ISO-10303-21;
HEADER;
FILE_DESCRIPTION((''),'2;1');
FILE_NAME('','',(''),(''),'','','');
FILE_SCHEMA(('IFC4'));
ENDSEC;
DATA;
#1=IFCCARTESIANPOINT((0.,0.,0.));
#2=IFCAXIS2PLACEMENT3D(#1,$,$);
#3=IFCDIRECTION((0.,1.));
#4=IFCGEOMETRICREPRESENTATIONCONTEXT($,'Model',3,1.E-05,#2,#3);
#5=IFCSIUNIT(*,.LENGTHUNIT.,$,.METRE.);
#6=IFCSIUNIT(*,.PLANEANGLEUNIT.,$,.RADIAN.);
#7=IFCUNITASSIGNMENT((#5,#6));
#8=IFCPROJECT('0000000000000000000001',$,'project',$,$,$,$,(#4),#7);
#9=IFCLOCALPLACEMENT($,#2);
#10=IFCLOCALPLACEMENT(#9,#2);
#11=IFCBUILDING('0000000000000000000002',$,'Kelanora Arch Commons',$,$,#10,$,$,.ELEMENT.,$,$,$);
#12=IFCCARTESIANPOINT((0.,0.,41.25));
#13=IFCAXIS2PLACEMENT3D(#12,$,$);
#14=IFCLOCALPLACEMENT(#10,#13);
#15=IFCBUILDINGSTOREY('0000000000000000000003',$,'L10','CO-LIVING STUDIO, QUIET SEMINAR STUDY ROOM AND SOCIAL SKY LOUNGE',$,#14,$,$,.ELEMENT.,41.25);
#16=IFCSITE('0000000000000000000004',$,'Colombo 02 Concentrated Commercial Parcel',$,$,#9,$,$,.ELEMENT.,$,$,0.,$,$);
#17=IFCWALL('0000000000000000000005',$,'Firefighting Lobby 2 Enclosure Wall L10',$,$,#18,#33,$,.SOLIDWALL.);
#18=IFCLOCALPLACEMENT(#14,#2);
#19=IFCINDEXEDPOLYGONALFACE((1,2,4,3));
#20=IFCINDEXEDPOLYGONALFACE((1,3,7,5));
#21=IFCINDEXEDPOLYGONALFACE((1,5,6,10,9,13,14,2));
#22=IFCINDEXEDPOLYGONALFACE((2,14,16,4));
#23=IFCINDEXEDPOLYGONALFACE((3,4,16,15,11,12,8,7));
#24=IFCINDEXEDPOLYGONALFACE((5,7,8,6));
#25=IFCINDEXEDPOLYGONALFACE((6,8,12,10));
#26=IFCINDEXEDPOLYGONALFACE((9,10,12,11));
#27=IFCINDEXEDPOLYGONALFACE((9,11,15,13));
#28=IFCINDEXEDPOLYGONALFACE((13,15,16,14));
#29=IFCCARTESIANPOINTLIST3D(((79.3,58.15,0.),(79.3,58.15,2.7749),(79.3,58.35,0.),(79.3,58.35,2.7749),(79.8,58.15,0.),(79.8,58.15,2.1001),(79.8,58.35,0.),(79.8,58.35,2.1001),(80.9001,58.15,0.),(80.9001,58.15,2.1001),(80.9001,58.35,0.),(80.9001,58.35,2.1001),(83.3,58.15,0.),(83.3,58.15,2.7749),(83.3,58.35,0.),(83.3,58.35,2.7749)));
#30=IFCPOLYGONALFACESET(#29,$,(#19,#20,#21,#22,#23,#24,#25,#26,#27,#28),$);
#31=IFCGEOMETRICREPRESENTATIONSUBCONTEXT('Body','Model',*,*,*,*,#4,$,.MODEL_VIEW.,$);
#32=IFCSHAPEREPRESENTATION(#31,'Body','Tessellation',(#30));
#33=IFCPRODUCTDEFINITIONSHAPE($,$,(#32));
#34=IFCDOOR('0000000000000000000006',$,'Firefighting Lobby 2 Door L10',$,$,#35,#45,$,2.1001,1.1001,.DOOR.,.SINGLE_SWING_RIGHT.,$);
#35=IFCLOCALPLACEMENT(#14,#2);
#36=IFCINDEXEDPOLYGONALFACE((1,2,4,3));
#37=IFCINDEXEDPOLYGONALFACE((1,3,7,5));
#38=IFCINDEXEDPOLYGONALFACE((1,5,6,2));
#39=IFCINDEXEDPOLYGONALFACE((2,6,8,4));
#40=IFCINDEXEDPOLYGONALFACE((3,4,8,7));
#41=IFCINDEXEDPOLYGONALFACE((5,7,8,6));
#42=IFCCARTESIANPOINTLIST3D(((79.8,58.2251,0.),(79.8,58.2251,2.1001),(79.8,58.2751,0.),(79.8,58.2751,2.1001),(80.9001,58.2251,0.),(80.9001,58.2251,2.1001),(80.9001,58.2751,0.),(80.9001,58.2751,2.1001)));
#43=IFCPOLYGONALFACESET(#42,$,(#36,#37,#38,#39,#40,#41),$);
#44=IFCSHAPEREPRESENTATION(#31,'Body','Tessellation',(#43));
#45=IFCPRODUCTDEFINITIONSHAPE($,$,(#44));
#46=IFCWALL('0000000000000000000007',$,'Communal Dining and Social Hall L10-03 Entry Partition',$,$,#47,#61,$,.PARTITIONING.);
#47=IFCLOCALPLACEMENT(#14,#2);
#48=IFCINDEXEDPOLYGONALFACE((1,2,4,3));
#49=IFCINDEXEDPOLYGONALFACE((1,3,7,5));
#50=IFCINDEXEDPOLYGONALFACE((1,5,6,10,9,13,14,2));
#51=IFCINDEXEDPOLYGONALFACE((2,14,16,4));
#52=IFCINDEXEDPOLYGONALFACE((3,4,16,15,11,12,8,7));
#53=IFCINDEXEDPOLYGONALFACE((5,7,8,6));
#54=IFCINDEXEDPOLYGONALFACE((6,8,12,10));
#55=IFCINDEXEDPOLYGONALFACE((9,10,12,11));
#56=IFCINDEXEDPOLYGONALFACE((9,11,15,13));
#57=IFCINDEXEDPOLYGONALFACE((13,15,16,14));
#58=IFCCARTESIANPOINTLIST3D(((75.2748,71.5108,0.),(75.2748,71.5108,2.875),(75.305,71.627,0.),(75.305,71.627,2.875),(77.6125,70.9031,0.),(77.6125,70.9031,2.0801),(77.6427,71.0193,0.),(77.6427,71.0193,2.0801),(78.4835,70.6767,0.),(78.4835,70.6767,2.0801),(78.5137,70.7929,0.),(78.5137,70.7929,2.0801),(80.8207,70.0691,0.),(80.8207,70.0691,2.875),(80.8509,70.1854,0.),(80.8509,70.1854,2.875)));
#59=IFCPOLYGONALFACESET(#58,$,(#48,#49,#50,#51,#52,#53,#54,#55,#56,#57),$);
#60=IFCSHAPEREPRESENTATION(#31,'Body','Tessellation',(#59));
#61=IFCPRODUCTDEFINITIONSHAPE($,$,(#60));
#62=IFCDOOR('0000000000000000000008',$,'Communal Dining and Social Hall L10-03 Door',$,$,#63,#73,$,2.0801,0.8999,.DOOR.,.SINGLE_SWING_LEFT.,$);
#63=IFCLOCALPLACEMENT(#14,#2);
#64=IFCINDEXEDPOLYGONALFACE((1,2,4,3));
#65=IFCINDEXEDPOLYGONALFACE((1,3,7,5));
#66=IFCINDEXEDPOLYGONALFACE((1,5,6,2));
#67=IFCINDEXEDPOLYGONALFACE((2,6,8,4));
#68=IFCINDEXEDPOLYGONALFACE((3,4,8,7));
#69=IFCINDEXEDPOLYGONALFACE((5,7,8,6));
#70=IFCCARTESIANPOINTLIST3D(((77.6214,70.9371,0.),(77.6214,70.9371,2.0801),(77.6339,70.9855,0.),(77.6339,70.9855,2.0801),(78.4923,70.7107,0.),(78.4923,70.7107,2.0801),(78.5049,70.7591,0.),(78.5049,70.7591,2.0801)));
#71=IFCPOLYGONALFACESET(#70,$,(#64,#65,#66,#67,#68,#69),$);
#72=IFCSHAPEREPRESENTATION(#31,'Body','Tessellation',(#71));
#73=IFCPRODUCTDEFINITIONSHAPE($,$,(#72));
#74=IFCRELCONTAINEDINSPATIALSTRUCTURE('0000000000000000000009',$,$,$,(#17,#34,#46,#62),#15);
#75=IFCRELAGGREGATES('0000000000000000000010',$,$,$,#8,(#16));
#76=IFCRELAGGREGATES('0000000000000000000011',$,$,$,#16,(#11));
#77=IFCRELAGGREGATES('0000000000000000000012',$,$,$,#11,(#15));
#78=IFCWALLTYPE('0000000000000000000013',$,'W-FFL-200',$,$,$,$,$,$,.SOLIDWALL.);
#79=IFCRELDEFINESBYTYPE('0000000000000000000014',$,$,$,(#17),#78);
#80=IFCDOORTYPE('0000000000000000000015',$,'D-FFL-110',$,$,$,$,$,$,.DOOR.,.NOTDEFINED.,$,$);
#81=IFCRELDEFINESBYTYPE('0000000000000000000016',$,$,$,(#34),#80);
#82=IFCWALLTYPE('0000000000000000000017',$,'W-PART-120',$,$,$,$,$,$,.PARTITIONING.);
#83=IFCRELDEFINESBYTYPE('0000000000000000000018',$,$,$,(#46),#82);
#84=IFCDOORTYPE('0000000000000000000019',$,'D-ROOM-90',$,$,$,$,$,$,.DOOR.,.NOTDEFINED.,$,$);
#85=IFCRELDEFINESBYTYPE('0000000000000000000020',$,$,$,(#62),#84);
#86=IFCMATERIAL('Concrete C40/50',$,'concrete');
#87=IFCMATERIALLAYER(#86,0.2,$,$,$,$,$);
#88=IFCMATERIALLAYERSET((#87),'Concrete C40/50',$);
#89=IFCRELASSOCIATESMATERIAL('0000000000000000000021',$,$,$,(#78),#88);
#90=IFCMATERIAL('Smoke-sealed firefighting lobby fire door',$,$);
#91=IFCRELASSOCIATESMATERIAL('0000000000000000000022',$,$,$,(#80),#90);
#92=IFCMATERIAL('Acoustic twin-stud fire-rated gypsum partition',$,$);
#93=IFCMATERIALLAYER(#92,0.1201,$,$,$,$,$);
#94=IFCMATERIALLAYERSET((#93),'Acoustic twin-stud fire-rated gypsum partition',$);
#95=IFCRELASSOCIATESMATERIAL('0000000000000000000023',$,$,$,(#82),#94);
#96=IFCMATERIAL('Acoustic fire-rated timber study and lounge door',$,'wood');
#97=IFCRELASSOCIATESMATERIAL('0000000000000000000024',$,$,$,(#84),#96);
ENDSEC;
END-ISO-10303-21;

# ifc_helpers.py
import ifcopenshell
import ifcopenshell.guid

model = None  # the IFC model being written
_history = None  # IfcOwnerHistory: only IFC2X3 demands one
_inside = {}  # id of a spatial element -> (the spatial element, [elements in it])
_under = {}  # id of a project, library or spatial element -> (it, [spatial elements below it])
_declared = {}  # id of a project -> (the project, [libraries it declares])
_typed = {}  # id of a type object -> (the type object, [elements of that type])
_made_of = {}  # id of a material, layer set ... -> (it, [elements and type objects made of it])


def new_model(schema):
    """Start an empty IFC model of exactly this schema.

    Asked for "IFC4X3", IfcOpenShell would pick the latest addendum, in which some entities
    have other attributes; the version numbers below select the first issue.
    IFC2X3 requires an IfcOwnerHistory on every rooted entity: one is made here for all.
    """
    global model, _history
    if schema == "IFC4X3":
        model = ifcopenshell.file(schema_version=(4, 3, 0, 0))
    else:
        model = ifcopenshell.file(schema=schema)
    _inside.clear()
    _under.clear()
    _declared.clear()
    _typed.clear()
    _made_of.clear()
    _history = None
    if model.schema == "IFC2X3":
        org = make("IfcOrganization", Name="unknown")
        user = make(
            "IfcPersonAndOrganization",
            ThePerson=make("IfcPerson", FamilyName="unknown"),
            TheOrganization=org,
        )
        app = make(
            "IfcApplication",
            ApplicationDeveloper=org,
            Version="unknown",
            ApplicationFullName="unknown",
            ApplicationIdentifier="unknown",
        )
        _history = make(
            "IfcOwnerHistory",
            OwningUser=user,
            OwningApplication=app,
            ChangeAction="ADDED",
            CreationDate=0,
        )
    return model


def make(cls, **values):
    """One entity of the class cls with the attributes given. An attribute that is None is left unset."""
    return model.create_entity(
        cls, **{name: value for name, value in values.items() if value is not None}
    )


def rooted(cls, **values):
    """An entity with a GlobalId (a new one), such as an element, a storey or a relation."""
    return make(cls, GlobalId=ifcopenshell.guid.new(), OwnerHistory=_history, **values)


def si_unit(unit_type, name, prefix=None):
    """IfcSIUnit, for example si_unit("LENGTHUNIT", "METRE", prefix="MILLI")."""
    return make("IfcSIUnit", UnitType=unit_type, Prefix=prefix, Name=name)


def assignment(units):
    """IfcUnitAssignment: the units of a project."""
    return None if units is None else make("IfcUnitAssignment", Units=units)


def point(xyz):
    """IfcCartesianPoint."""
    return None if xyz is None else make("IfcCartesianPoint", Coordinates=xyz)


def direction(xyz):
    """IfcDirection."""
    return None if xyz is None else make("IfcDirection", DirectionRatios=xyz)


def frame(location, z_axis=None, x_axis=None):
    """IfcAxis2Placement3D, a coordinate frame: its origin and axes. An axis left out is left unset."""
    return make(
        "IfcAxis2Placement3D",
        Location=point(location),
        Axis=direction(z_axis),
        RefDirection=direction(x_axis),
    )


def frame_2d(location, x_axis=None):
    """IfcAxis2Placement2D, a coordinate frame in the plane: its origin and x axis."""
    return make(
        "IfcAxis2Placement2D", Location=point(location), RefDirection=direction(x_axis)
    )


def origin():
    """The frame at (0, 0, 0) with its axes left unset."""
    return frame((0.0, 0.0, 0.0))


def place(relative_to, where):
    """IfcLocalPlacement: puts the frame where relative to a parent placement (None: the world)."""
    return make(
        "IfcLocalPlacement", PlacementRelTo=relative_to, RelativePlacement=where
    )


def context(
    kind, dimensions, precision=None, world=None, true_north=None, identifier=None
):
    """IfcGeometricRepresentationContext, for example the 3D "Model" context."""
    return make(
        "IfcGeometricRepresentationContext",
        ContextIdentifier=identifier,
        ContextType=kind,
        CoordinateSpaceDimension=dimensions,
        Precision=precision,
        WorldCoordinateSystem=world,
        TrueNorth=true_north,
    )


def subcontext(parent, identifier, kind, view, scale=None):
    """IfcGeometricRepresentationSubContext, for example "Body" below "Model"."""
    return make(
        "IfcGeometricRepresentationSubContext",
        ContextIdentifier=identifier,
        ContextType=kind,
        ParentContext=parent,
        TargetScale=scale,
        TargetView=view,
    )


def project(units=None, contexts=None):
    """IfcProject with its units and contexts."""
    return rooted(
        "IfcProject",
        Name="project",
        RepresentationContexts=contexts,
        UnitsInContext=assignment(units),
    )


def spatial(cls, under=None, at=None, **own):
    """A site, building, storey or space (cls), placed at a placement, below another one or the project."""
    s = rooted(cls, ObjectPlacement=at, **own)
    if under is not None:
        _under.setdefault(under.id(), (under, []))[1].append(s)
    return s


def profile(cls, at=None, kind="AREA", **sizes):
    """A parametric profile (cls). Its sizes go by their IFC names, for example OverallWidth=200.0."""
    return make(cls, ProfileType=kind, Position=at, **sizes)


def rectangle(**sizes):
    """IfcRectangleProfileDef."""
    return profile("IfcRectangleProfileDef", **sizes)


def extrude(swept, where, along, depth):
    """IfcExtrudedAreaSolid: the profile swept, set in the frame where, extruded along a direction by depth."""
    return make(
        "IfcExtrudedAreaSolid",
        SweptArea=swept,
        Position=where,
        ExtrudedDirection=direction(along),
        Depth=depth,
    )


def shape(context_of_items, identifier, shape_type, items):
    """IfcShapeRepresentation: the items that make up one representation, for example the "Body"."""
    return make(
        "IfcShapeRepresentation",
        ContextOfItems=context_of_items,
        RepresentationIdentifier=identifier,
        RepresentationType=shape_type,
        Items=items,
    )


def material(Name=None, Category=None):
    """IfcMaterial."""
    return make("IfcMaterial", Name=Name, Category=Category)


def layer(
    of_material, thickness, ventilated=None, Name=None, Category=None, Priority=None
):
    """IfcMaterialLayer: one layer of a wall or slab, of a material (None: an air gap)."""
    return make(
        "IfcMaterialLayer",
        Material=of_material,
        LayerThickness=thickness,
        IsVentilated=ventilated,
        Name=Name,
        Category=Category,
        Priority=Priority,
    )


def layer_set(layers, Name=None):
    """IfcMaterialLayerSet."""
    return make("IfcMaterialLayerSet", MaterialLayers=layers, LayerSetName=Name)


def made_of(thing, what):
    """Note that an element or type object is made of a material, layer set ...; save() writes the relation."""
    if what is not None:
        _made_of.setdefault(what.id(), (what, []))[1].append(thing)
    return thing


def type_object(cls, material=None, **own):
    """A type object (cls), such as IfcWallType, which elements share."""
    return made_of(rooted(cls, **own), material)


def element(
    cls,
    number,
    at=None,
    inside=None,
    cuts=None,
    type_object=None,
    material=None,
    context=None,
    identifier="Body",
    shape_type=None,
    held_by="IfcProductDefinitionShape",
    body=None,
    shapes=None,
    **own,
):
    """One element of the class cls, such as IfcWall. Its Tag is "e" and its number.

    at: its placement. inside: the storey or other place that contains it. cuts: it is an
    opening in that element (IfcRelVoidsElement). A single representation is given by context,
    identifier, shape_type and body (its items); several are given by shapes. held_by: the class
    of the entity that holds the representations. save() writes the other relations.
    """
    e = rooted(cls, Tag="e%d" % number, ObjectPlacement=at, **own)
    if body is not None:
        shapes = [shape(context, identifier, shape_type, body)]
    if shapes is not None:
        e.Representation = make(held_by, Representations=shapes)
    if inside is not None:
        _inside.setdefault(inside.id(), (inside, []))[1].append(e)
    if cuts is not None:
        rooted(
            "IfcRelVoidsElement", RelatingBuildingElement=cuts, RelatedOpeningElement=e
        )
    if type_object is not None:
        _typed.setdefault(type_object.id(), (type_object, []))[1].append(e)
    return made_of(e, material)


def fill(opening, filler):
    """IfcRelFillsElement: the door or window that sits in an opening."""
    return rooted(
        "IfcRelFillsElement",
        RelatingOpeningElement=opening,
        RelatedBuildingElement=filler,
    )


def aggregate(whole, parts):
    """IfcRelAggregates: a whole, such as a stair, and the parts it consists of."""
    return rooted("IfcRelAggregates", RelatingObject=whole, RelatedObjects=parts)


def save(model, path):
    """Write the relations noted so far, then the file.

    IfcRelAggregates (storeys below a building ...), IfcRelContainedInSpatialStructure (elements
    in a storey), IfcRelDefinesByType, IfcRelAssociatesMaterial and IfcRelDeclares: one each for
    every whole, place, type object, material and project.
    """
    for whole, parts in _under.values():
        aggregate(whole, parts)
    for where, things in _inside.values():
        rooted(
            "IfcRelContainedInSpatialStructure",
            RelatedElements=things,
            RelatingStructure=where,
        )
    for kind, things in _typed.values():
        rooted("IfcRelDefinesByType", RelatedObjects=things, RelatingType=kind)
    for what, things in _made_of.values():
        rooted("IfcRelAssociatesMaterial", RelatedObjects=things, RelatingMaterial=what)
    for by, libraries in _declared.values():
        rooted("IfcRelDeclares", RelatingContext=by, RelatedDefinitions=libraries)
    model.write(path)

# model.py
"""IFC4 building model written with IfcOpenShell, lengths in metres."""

from ifc_helpers import new_model, si_unit, direction, frame, frame_2d, origin, place, context, subcontext, project, spatial, rectangle, extrude, material, layer, layer_set, type_object, element, fill, save


model = new_model("IFC4")

# Units and contexts
model_context = context("Model", 3, precision=1e-05, world=origin(), true_north=direction((0.0, 1.0)))
body_context = subcontext(model_context, "Body", "Model", "MODEL_VIEW")
ifc_project = project(units=[si_unit("LENGTHUNIT", "METRE"), si_unit("PLANEANGLEUNIT", "RADIAN")], contexts=[model_context])

# Site, building, storey
site_placement = place(None, origin())
site = spatial("IfcSite", under=ifc_project, at=site_placement, Name="Colombo 02 Concentrated Commercial Parcel", CompositionType="ELEMENT", RefElevation=0.0)
building_placement = place(site_placement, origin())
building = spatial("IfcBuilding", under=site, at=building_placement, Name="Kelanora Arch Commons", CompositionType="ELEMENT")
storey_placement = place(building_placement, frame((0.0, 0.0, 41.25)))
storey = spatial("IfcBuildingStorey", under=building, at=storey_placement, Name="L10", Description="CO-LIVING STUDIO, QUIET SEMINAR STUDY ROOM AND SOCIAL SKY LOUNGE", CompositionType="ELEMENT", Elevation=41.25)

# Walls, openings, doors
ifc_material_1 = material(Name="Concrete C40/50", Category="concrete")
ifc_layer_1 = layer(ifc_material_1, 0.2)
ifc_layer_set_1 = layer_set([ifc_layer_1], Name="Concrete C40/50")
wall_type_1 = type_object("IfcWallType", Name="W-FFL-200", PredefinedType="SOLIDWALL", material=ifc_layer_set_1)
ifc_material_2 = material(Name="Smoke-sealed firefighting lobby fire door")
door_type_1 = type_object("IfcDoorType", Name="D-FFL-110", OperationType="NOTDEFINED", PredefinedType="DOOR", material=ifc_material_2)
wall_1_placement = place(storey_placement, frame((79.3, 58.25, 0.0), z_axis=(0.0, 0.0, 1.0), x_axis=(1.0, 0.0, 0.0)))
wall_1 = element("IfcWall", 1, at=wall_1_placement, inside=storey, type_object=wall_type_1, Name="Firefighting Lobby 2 Enclosure Wall L10", PredefinedType="SOLIDWALL", context=body_context, shape_type="SweptSolid", body=[
    extrude(rectangle(XDim=4.0, YDim=0.2, at=frame_2d((2.0, 0.0))), origin(), (0.0, 0.0, 1.0), 2.7749),
])
opening_1_placement = place(wall_1_placement, frame((0.5, 0.0, 0.0)))
opening_1 = element("IfcOpeningElement", 2, at=opening_1_placement, cuts=wall_1, PredefinedType="OPENING", context=body_context, shape_type="SweptSolid", body=[
    extrude(rectangle(XDim=1.1001, YDim=2.1001, at=frame_2d((0.55, 1.05))), frame((0.0, 0.1099, 0.0), z_axis=(0.0, -1.0, 0.0), x_axis=(1.0, 0.0, 0.0)), (0.0, 0.0, 1.0), 0.22),
])
door_1_placement = place(opening_1_placement, frame((1.1001, 0.0, 0.0), z_axis=(0.0, 0.0, 1.0), x_axis=(-1.0, 0.0, 0.0)))
door_1 = element("IfcDoor", 3, at=door_1_placement, inside=storey, type_object=door_type_1, Name="Firefighting Lobby 2 Door L10", OperationType="SINGLE_SWING_RIGHT", OverallHeight=2.1001, OverallWidth=1.1001, PredefinedType="DOOR", context=body_context, shape_type="SweptSolid", body=[
    extrude(rectangle(XDim=1.1001, YDim=2.1001, at=frame_2d((0.55, 1.05))), frame((0.0, 0.0249, 0.0), z_axis=(0.0, -1.0, 0.0), x_axis=(1.0, 0.0, 0.0)), (0.0, 0.0, 1.0), 0.05),
])
fill(opening_1, door_1)
ifc_material_3 = material(Name="Acoustic twin-stud fire-rated gypsum partition")
ifc_layer_2 = layer(ifc_material_3, 0.1201)
ifc_layer_set_2 = layer_set([ifc_layer_2], Name="Acoustic twin-stud fire-rated gypsum partition")
wall_type_2 = type_object("IfcWallType", Name="W-PART-120", PredefinedType="PARTITIONING", material=ifc_layer_set_2)
wall_2_placement = place(storey_placement, frame((80.8359, 70.1272, 0.0), z_axis=(0.0, 0.0, 1.0), x_axis=(-0.967835, 0.251588, 0.0)))
wall_2 = element("IfcWall", 4, at=wall_2_placement, inside=storey, type_object=wall_type_2, Name="Communal Dining and Social Hall L10-03 Entry Partition", PredefinedType="PARTITIONING", context=body_context, shape_type="SweptSolid", body=[
    extrude(rectangle(XDim=5.7302, YDim=0.1201, at=frame_2d((2.8652, 0.0))), origin(), (0.0, 0.0, 1.0), 2.875),
])
opening_2_placement = place(wall_2_placement, frame((2.415, 0.0, 0.0)))
opening_2 = element("IfcOpeningElement", 5, at=opening_2_placement, cuts=wall_2, PredefinedType="OPENING", context=body_context, shape_type="SweptSolid", body=[
    extrude(rectangle(XDim=0.8999, YDim=2.0801, at=frame_2d((0.45, 1.04))), frame((0.0, 0.0701, 0.0), z_axis=(0.0, -1.0, 0.0), x_axis=(1.0, 0.0, 0.0)), (0.0, 0.0, 1.0), 0.1401),
])
ifc_material_4 = material(Name="Acoustic fire-rated timber study and lounge door", Category="wood")
door_type_2 = type_object("IfcDoorType", Name="D-ROOM-90", OperationType="NOTDEFINED", PredefinedType="DOOR", material=ifc_material_4)
door_2_placement = place(opening_2_placement, origin())
door_2 = element("IfcDoor", 6, at=door_2_placement, inside=storey, type_object=door_type_2, Name="Communal Dining and Social Hall L10-03 Door", OperationType="SINGLE_SWING_LEFT", OverallHeight=2.0801, OverallWidth=0.8999, PredefinedType="DOOR", context=body_context, shape_type="SweptSolid", body=[
    extrude(rectangle(XDim=0.8999, YDim=2.0801, at=frame_2d((0.45, 1.04))), frame((0.0, 0.0249, 0.0), z_axis=(0.0, -1.0, 0.0), x_axis=(1.0, 0.0, 0.0)), (0.0, 0.0, 1.0), 0.05),
])
fill(opening_2, door_2)

save(model, "model.ifc")
